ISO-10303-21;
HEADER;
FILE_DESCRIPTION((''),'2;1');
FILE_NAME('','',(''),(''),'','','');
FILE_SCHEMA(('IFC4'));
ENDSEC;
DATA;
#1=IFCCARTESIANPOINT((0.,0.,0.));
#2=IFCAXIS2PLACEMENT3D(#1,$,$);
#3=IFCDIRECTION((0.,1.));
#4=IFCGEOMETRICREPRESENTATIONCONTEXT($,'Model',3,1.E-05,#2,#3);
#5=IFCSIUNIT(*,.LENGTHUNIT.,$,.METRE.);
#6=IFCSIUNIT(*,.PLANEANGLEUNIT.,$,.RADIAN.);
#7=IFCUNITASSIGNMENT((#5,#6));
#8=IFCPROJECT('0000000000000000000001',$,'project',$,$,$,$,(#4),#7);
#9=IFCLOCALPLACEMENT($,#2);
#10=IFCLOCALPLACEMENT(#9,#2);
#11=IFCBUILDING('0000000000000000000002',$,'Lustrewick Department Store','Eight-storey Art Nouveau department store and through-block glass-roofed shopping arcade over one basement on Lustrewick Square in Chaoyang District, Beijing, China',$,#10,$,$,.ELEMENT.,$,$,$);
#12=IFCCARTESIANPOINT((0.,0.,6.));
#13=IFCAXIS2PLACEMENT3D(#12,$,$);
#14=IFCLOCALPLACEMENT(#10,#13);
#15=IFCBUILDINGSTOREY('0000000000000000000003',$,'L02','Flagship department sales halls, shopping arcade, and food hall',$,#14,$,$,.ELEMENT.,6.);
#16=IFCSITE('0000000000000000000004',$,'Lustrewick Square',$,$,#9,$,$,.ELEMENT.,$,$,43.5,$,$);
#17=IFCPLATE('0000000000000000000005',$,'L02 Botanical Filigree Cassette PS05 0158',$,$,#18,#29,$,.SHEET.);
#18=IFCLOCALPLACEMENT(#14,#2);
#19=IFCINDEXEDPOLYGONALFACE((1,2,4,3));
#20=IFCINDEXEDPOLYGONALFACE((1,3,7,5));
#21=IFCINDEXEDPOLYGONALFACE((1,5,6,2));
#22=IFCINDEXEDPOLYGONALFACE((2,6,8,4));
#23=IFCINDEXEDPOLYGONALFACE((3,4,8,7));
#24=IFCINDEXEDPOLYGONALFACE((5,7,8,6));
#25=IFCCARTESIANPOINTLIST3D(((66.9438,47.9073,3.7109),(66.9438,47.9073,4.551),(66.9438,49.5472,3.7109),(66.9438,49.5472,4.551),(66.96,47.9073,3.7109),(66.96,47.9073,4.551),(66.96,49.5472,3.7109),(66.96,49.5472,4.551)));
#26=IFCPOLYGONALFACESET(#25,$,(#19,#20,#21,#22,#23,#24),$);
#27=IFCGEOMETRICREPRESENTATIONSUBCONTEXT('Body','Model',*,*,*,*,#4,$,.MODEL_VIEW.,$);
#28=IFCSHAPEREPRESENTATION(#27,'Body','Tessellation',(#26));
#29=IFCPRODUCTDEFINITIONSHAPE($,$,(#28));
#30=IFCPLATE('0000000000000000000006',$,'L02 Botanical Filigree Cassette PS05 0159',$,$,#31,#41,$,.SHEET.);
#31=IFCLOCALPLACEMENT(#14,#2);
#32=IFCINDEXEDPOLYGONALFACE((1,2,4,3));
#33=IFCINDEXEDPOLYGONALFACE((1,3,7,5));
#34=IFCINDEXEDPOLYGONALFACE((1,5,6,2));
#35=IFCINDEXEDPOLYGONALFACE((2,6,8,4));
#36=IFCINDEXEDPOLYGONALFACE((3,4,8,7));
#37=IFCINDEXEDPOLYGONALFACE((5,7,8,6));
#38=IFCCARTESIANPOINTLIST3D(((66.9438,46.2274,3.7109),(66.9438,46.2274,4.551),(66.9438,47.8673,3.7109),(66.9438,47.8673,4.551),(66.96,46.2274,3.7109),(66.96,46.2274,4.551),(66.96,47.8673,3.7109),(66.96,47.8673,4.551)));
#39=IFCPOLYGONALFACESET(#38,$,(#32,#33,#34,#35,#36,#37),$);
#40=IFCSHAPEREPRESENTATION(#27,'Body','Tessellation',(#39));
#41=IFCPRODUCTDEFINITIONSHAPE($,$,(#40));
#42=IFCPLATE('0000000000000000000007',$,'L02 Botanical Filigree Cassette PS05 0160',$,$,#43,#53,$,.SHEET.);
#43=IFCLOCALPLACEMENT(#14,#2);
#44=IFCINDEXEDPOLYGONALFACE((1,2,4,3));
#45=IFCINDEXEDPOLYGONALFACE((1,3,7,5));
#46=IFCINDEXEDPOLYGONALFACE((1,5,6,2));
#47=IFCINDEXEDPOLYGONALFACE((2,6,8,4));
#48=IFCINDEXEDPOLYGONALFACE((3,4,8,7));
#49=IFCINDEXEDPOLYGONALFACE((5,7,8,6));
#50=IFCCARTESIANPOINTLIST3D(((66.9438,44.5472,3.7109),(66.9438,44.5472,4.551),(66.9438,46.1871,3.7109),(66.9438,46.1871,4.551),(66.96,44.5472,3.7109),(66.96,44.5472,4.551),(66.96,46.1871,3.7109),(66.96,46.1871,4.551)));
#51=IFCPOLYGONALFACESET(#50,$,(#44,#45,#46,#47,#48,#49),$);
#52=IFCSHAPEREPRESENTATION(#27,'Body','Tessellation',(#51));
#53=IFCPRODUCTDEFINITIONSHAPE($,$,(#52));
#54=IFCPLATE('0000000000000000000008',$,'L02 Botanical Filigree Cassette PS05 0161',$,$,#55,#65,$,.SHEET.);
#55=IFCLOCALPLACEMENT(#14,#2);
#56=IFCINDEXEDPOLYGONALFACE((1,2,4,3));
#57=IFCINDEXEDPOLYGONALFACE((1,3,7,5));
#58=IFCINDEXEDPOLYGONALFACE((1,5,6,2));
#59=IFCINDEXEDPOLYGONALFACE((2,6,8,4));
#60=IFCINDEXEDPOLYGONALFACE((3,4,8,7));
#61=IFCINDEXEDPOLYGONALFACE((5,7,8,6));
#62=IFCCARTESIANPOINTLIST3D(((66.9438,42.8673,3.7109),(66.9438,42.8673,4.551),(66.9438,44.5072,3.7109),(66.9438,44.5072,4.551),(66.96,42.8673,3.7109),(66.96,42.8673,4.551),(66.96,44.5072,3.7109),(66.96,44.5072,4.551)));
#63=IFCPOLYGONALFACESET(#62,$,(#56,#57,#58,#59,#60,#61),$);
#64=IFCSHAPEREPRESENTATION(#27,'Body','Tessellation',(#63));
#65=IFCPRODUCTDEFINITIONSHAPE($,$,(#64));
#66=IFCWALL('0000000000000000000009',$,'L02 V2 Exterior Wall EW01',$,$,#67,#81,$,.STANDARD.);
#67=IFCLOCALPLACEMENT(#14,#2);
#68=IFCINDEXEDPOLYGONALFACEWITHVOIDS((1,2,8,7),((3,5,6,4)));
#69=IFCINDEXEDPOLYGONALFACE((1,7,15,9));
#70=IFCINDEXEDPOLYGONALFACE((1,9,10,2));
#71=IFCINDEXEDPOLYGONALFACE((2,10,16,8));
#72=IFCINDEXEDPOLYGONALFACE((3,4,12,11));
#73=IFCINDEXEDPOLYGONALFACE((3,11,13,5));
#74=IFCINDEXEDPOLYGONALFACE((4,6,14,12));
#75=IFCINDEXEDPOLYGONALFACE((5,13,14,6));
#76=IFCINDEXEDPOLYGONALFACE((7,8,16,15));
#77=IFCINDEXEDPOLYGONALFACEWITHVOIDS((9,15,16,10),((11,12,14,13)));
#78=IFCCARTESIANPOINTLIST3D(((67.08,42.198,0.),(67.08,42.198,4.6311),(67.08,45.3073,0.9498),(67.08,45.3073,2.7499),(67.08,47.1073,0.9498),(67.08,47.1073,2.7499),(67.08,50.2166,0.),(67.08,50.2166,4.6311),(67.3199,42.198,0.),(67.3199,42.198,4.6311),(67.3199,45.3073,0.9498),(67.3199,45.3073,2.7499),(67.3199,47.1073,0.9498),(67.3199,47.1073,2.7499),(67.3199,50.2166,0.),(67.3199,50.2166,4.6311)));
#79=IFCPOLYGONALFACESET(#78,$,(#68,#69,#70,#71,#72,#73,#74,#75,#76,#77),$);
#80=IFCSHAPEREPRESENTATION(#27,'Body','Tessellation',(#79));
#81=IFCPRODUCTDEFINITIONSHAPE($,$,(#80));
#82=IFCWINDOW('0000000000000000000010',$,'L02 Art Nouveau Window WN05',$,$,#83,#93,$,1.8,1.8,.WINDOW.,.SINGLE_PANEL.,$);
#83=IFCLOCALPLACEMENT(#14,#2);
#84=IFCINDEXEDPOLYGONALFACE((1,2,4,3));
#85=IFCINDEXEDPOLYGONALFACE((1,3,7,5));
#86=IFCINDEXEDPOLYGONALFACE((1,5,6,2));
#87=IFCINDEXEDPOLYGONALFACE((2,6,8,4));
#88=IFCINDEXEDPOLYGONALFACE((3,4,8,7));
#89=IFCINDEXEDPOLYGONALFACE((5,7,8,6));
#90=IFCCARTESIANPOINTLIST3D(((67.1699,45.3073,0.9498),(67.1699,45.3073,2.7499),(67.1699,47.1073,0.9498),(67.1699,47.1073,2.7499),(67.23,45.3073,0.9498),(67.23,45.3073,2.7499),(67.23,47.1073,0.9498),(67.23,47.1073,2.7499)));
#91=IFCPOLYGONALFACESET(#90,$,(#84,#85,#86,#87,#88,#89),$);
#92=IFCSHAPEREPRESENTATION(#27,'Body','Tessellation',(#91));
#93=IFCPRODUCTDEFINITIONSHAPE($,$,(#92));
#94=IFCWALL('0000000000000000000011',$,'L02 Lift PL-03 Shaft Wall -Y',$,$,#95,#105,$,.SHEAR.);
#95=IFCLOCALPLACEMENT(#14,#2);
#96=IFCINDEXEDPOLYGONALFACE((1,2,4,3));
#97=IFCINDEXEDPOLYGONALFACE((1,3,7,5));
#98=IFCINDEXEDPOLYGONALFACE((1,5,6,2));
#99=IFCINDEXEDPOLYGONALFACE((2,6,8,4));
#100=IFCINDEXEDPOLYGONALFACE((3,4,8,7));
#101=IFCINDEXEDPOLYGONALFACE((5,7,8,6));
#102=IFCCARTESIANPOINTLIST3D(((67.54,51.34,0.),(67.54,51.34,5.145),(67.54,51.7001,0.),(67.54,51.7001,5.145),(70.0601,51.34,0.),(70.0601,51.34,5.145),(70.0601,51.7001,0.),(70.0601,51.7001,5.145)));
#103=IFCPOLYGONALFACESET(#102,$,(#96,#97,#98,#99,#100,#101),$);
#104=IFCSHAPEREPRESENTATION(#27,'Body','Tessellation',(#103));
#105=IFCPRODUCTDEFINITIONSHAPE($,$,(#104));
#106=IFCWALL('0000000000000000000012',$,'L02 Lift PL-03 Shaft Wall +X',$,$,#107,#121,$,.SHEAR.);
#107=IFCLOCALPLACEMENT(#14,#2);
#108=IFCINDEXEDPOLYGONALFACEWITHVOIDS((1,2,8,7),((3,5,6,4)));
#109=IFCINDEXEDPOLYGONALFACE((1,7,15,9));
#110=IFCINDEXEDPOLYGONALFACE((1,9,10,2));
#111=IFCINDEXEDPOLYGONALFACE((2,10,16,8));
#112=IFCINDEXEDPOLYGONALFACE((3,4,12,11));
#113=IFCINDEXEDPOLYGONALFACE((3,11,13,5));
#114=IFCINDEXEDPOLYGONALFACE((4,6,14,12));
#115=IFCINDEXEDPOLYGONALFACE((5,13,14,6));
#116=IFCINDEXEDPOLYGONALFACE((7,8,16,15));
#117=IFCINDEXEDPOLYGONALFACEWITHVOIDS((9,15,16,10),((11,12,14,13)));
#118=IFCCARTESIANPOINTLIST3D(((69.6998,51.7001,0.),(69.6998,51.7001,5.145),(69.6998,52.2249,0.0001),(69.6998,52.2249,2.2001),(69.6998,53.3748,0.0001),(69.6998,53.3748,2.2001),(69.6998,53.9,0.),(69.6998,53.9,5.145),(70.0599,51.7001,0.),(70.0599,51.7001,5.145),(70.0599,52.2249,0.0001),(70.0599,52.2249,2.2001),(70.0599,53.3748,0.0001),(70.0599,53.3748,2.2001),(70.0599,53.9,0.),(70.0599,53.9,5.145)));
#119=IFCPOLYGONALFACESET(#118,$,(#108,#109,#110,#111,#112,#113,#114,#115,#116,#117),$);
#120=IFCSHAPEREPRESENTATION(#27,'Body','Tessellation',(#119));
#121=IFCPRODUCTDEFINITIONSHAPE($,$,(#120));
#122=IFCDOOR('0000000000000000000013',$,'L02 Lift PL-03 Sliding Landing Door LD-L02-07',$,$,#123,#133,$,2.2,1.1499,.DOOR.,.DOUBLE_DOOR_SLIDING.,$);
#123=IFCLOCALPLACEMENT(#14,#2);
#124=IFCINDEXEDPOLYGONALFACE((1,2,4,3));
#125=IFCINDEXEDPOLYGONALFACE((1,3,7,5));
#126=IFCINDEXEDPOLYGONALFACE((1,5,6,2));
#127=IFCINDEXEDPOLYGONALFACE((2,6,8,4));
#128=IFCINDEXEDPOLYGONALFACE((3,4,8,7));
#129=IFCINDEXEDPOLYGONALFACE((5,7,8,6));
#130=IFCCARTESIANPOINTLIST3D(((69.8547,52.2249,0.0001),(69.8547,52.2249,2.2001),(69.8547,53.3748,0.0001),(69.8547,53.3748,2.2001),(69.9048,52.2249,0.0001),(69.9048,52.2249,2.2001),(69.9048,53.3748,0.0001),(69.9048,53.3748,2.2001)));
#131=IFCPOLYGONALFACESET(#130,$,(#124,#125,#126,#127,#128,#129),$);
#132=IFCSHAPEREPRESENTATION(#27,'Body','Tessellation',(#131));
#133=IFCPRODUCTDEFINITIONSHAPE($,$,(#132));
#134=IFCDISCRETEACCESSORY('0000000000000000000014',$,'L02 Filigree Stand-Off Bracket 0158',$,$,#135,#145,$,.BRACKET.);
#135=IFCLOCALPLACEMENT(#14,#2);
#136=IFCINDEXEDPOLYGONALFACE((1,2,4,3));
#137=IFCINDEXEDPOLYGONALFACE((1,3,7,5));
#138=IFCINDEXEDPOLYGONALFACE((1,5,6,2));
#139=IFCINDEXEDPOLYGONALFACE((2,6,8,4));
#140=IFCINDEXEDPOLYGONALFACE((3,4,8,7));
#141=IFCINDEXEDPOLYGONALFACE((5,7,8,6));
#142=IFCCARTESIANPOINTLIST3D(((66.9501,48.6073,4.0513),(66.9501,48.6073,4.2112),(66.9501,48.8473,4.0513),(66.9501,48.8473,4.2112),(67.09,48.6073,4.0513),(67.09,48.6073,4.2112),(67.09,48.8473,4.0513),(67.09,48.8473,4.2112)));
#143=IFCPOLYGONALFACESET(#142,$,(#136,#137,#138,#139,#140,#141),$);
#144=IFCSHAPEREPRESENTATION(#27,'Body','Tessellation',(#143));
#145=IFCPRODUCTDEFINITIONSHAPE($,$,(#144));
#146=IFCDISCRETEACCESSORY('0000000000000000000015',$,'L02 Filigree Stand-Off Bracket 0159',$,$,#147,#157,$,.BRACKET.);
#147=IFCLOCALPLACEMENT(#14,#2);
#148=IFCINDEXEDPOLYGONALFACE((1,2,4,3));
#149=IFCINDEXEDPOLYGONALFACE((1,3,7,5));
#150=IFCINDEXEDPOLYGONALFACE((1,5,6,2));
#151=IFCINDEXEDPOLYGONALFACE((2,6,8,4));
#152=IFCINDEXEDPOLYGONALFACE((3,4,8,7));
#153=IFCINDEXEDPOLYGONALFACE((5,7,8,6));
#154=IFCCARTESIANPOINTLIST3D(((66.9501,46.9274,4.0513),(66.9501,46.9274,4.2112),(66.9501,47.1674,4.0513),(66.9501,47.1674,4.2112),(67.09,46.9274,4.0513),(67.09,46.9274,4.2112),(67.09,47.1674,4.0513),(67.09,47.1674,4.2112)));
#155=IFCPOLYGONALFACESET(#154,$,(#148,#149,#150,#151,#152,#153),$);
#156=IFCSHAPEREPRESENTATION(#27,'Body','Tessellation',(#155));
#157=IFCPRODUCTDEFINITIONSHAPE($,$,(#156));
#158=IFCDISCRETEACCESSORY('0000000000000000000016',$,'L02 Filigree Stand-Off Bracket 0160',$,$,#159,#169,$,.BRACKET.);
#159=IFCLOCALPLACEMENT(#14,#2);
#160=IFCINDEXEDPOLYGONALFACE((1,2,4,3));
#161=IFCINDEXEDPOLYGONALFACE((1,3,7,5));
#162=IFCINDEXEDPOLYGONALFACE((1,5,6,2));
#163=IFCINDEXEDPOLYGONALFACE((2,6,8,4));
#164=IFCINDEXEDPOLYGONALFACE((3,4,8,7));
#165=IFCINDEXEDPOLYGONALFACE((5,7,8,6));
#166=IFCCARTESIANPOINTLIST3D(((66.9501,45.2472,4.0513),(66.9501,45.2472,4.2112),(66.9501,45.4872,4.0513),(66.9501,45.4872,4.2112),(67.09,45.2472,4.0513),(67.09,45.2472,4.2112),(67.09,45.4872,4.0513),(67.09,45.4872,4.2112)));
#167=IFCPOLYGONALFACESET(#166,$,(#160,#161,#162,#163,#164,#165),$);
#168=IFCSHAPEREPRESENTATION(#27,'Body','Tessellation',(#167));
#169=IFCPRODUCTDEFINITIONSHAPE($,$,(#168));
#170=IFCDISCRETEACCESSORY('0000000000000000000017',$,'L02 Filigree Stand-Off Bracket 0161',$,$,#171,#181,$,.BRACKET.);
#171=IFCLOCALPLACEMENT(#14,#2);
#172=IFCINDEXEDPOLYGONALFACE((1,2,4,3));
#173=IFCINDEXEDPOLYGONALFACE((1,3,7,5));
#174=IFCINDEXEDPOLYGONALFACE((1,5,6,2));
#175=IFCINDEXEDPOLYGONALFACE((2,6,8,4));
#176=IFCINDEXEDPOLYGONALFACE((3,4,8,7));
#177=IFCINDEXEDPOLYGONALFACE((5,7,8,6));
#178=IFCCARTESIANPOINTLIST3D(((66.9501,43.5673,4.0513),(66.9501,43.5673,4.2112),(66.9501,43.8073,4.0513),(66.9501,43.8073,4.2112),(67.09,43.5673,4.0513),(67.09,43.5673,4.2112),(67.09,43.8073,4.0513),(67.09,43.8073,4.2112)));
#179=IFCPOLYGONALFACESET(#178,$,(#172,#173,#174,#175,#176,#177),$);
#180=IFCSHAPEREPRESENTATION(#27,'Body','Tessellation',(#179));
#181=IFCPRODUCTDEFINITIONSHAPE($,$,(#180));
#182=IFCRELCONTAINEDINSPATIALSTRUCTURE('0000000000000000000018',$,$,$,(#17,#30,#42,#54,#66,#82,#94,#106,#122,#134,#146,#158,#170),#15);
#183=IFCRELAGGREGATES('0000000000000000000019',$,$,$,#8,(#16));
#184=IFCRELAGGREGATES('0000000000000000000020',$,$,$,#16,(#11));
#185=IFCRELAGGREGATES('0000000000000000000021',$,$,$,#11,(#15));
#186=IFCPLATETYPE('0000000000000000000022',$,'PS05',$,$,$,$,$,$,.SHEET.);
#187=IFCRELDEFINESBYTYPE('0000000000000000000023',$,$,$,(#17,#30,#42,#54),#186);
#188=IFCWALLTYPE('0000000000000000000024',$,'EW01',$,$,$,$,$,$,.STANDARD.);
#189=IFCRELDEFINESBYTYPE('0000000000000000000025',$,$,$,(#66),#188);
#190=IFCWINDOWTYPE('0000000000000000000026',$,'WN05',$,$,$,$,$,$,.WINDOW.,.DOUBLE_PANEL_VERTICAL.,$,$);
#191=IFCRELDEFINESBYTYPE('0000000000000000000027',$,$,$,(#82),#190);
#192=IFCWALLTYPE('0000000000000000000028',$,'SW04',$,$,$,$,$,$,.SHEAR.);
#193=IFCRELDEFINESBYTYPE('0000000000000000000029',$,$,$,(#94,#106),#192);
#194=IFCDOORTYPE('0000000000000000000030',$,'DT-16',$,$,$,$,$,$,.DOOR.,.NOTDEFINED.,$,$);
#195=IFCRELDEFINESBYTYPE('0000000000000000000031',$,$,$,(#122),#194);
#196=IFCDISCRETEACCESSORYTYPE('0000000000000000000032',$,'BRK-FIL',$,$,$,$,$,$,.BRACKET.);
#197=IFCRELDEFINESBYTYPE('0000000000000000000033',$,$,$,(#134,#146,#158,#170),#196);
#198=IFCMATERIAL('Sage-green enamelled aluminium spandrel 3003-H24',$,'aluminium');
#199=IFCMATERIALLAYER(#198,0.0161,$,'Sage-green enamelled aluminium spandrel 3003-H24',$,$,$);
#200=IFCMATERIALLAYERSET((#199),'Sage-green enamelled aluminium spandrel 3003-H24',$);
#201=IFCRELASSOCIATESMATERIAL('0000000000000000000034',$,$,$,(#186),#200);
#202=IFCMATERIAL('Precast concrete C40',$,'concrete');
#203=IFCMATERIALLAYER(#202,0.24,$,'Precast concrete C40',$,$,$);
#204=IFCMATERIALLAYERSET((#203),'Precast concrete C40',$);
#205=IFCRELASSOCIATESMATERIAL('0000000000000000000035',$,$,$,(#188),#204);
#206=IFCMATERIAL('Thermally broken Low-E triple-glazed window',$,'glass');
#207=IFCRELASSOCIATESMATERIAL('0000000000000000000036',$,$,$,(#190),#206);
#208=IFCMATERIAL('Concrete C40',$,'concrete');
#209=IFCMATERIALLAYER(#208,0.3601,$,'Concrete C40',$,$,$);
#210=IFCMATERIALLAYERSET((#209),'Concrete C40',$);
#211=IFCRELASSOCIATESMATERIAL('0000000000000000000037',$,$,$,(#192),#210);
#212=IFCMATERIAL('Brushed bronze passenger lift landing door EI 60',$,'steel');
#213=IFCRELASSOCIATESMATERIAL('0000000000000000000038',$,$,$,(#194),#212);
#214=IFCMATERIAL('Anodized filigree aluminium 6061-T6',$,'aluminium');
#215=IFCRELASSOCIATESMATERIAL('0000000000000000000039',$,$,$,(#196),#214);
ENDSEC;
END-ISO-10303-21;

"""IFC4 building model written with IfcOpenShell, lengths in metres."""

from ifc_helpers import new_model, si_unit, direction, frame, frame_2d, origin, origin_2d, place, context, subcontext, project, spatial, rectangle, extrude, material, layer, layer_set, type_object, element, fill, save


model = new_model("IFC4")

# Units and contexts
model_context = context("Model", 3, precision=1e-05, world=origin(), true_north=direction((0.0, 1.0)))
body_context = subcontext(model_context, "Body", "Model", "MODEL_VIEW")
ifc_project = project(units=[si_unit("LENGTHUNIT", "METRE"), si_unit("PLANEANGLEUNIT", "RADIAN")], contexts=[model_context])

# Site, building, storey
site_placement = place(None, origin())
site = spatial("IfcSite", under=ifc_project, at=site_placement, Name="Lustrewick Square", CompositionType="ELEMENT", RefElevation=43.5)
building_placement = place(site_placement, origin())
building = spatial("IfcBuilding", under=site, at=building_placement, Name="Lustrewick Department Store", Description="Eight-storey Art Nouveau department store and through-block glass-roofed shopping arcade over one basement on Lustrewick Square in Chaoyang District, Beijing, China", CompositionType="ELEMENT")
storey_placement = place(building_placement, frame((0.0, 0.0, 6.0)))
storey = spatial("IfcBuildingStorey", under=building, at=storey_placement, Name="L02", Description="Flagship department sales halls, shopping arcade, and food hall", CompositionType="ELEMENT", Elevation=6.0)

# Plates
ifc_material_1 = material(Name="Sage-green enamelled aluminium spandrel 3003-H24", Category="aluminium")
ifc_layer_1 = layer(ifc_material_1, 0.0161, Name="Sage-green enamelled aluminium spandrel 3003-H24")
ifc_layer_set_1 = layer_set([ifc_layer_1], Name="Sage-green enamelled aluminium spandrel 3003-H24")
plate_type = type_object("IfcPlateType", Name="PS05", PredefinedType="SHEET", material=ifc_layer_set_1)
for number, where, z_axis, x_axis, name in (
    (1, (66.9519, 48.7273, 3.7109), (0.0, 0.0, 1.0), (0.0, -1.0, 0.0), "L02 Botanical Filigree Cassette PS05 0158"),
    (2, (66.9519, 47.0474, 3.7109), (0.0, 0.0, 1.0), (0.0, -1.0, 0.0), "L02 Botanical Filigree Cassette PS05 0159"),
    (3, (66.9519, 45.3672, 3.7109), (0.0, 0.0, 1.0), (0.0, -1.0, 0.0), "L02 Botanical Filigree Cassette PS05 0160"),
    (4, (66.9519, 43.6873, 3.7109), (0.0, 0.0, 1.0), (0.0, -1.0, 0.0), "L02 Botanical Filigree Cassette PS05 0161"),
):
    element("IfcPlate", number, at=place(storey_placement, frame(where, z_axis=z_axis, x_axis=x_axis)), inside=storey, type_object=plate_type, Name=name, PredefinedType="SHEET", context=body_context, shape_type="SweptSolid", body=[
        extrude(rectangle(XDim=1.6399, YDim=0.0161, at=origin_2d()), origin(), (0.0, 0.0, 1.0), 0.8401),
    ])

# Wall, opening, window
ifc_material_2 = material(Name="Precast concrete C40", Category="concrete")
ifc_layer_2 = layer(ifc_material_2, 0.24, Name="Precast concrete C40")
ifc_layer_set_2 = layer_set([ifc_layer_2], Name="Precast concrete C40")
wall_type_1 = type_object("IfcWallType", Name="EW01", PredefinedType="STANDARD", material=ifc_layer_set_2)
wall_1_placement = place(storey_placement, frame((67.2, 50.2166, 0.0), z_axis=(0.0, 0.0, 1.0), x_axis=(0.0, -1.0, 0.0)))
wall_1 = element("IfcWall", 5, at=wall_1_placement, inside=storey, type_object=wall_type_1, Name="L02 V2 Exterior Wall EW01", PredefinedType="STANDARD", context=body_context, shape_type="SweptSolid", body=[
    extrude(rectangle(XDim=8.0186, YDim=0.24, at=frame_2d((4.0093, 0.0))), origin(), (0.0, 0.0, 1.0), 4.6311),
])
opening_1_placement = place(wall_1_placement, frame((3.1094, 0.0, 0.95)))
opening_1 = element("IfcOpeningElement", 6, at=opening_1_placement, cuts=wall_1, PredefinedType="OPENING", context=body_context, shape_type="SweptSolid", body=[
    extrude(rectangle(XDim=1.8, YDim=1.8, at=frame_2d((0.8999, 0.8999))), frame((0.0, 0.1299, 0.0), z_axis=(0.0, -1.0, 0.0), x_axis=(1.0, 0.0, 0.0)), (0.0, 0.0, 1.0), 0.26),
])
ifc_material_3 = material(Name="Thermally broken Low-E triple-glazed window", Category="glass")
window_type = type_object("IfcWindowType", Name="WN05", PartitioningType="DOUBLE_PANEL_VERTICAL", PredefinedType="WINDOW", material=ifc_material_3)
window_placement = place(opening_1_placement, origin())
window = element("IfcWindow", 7, at=window_placement, inside=storey, type_object=window_type, Name="L02 Art Nouveau Window WN05", OverallHeight=1.8, OverallWidth=1.8, PartitioningType="SINGLE_PANEL", PredefinedType="WINDOW", context=body_context, shape_type="SweptSolid", body=[
    extrude(rectangle(XDim=1.8, YDim=1.8, at=frame_2d((0.8999, 0.8999))), frame((0.0, 0.03, 0.0), z_axis=(0.0, -1.0, 0.0), x_axis=(1.0, 0.0, 0.0)), (0.0, 0.0, 1.0), 0.0601),
])
fill(opening_1, window)

# Wall
ifc_material_4 = material(Name="Concrete C40", Category="concrete")
ifc_layer_3 = layer(ifc_material_4, 0.3601, Name="Concrete C40")
ifc_layer_set_3 = layer_set([ifc_layer_3], Name="Concrete C40")
wall_type_2 = type_object("IfcWallType", Name="SW04", PredefinedType="SHEAR", material=ifc_layer_set_3)
wall_2_placement = place(storey_placement, frame((67.54, 51.52, 0.0), z_axis=(0.0, 0.0, 1.0), x_axis=(1.0, 0.0, 0.0)))
element("IfcWall", 8, at=wall_2_placement, inside=storey, type_object=wall_type_2, Name="L02 Lift PL-03 Shaft Wall -Y", PredefinedType="SHEAR", context=body_context, shape_type="SweptSolid", body=[
    extrude(rectangle(XDim=2.52, YDim=0.3601, at=frame_2d((1.26, 0.0))), origin(), (0.0, 0.0, 1.0), 5.145),
])

# Wall, opening, door
wall_3_placement = place(storey_placement, frame((69.8799, 51.7, 0.0), z_axis=(0.0, 0.0, 1.0), x_axis=(0.0, 1.0, 0.0)))
wall_3 = element("IfcWall", 9, at=wall_3_placement, inside=storey, type_object=wall_type_2, Name="L02 Lift PL-03 Shaft Wall +X", PredefinedType="SHEAR", context=body_context, shape_type="SweptSolid", body=[
    extrude(rectangle(XDim=2.2, YDim=0.3601, at=frame_2d((1.1001, 0.0))), origin(), (0.0, 0.0, 1.0), 5.145),
])
opening_2_placement = place(wall_3_placement, frame((0.5249, 0.0, 0.0)))
opening_2 = element("IfcOpeningElement", 10, at=opening_2_placement, cuts=wall_3, PredefinedType="OPENING", context=body_context, shape_type="SweptSolid", body=[
    extrude(rectangle(XDim=1.1499, YDim=2.2, at=frame_2d((0.575, 1.1001))), frame((0.0, 0.1899, 0.0), z_axis=(0.0, -1.0, 0.0), x_axis=(1.0, 0.0, 0.0)), (0.0, 0.0, 1.0), 0.3801),
])
ifc_material_5 = material(Name="Brushed bronze passenger lift landing door EI 60", Category="steel")
door_type = type_object("IfcDoorType", Name="DT-16", OperationType="NOTDEFINED", PredefinedType="DOOR", material=ifc_material_5)
door_placement = place(opening_2_placement, frame((1.1499, 0.0, 0.0), z_axis=(0.0, 0.0, 1.0), x_axis=(-1.0, 0.0, 0.0)))
door = element("IfcDoor", 11, at=door_placement, inside=storey, type_object=door_type, Name="L02 Lift PL-03 Sliding Landing Door LD-L02-07", OperationType="DOUBLE_DOOR_SLIDING", OverallHeight=2.2, OverallWidth=1.1499, PredefinedType="DOOR", context=body_context, shape_type="SweptSolid", body=[
    extrude(rectangle(XDim=1.1499, YDim=2.2, at=frame_2d((0.575, 1.1001))), frame((0.0, 0.0249, 0.0), z_axis=(0.0, -1.0, 0.0), x_axis=(1.0, 0.0, 0.0)), (0.0, 0.0, 1.0), 0.05),
])
fill(opening_2, door)

# Discrete accessories
ifc_material_6 = material(Name="Anodized filigree aluminium 6061-T6", Category="aluminium")
discrete_accessory_type = type_object("IfcDiscreteAccessoryType", Name="BRK-FIL", PredefinedType="BRACKET", material=ifc_material_6)
for number, where, z_axis, x_axis, name in (
    (12, (67.02, 48.7273, 4.0513), (0.0, 0.0, 1.0), (0.0, -1.0, 0.0), "L02 Filigree Stand-Off Bracket 0158"),
    (13, (67.02, 47.0474, 4.0513), (0.0, 0.0, 1.0), (0.0, -1.0, 0.0), "L02 Filigree Stand-Off Bracket 0159"),
    (14, (67.02, 45.3672, 4.0513), (0.0, 0.0, 1.0), (0.0, -1.0, 0.0), "L02 Filigree Stand-Off Bracket 0160"),
    (15, (67.02, 43.6873, 4.0513), (0.0, 0.0, 1.0), (0.0, -1.0, 0.0), "L02 Filigree Stand-Off Bracket 0161"),
):
    element("IfcDiscreteAccessory", number, at=place(storey_placement, frame(where, z_axis=z_axis, x_axis=x_axis)), inside=storey, type_object=discrete_accessory_type, Name=name, PredefinedType="BRACKET", context=body_context, shape_type="SweptSolid", body=[
        extrude(rectangle(XDim=0.24, YDim=0.1399, at=origin_2d()), origin(), (0.0, 0.0, 1.0), 0.1599),
    ])

save(model, "model.ifc")
